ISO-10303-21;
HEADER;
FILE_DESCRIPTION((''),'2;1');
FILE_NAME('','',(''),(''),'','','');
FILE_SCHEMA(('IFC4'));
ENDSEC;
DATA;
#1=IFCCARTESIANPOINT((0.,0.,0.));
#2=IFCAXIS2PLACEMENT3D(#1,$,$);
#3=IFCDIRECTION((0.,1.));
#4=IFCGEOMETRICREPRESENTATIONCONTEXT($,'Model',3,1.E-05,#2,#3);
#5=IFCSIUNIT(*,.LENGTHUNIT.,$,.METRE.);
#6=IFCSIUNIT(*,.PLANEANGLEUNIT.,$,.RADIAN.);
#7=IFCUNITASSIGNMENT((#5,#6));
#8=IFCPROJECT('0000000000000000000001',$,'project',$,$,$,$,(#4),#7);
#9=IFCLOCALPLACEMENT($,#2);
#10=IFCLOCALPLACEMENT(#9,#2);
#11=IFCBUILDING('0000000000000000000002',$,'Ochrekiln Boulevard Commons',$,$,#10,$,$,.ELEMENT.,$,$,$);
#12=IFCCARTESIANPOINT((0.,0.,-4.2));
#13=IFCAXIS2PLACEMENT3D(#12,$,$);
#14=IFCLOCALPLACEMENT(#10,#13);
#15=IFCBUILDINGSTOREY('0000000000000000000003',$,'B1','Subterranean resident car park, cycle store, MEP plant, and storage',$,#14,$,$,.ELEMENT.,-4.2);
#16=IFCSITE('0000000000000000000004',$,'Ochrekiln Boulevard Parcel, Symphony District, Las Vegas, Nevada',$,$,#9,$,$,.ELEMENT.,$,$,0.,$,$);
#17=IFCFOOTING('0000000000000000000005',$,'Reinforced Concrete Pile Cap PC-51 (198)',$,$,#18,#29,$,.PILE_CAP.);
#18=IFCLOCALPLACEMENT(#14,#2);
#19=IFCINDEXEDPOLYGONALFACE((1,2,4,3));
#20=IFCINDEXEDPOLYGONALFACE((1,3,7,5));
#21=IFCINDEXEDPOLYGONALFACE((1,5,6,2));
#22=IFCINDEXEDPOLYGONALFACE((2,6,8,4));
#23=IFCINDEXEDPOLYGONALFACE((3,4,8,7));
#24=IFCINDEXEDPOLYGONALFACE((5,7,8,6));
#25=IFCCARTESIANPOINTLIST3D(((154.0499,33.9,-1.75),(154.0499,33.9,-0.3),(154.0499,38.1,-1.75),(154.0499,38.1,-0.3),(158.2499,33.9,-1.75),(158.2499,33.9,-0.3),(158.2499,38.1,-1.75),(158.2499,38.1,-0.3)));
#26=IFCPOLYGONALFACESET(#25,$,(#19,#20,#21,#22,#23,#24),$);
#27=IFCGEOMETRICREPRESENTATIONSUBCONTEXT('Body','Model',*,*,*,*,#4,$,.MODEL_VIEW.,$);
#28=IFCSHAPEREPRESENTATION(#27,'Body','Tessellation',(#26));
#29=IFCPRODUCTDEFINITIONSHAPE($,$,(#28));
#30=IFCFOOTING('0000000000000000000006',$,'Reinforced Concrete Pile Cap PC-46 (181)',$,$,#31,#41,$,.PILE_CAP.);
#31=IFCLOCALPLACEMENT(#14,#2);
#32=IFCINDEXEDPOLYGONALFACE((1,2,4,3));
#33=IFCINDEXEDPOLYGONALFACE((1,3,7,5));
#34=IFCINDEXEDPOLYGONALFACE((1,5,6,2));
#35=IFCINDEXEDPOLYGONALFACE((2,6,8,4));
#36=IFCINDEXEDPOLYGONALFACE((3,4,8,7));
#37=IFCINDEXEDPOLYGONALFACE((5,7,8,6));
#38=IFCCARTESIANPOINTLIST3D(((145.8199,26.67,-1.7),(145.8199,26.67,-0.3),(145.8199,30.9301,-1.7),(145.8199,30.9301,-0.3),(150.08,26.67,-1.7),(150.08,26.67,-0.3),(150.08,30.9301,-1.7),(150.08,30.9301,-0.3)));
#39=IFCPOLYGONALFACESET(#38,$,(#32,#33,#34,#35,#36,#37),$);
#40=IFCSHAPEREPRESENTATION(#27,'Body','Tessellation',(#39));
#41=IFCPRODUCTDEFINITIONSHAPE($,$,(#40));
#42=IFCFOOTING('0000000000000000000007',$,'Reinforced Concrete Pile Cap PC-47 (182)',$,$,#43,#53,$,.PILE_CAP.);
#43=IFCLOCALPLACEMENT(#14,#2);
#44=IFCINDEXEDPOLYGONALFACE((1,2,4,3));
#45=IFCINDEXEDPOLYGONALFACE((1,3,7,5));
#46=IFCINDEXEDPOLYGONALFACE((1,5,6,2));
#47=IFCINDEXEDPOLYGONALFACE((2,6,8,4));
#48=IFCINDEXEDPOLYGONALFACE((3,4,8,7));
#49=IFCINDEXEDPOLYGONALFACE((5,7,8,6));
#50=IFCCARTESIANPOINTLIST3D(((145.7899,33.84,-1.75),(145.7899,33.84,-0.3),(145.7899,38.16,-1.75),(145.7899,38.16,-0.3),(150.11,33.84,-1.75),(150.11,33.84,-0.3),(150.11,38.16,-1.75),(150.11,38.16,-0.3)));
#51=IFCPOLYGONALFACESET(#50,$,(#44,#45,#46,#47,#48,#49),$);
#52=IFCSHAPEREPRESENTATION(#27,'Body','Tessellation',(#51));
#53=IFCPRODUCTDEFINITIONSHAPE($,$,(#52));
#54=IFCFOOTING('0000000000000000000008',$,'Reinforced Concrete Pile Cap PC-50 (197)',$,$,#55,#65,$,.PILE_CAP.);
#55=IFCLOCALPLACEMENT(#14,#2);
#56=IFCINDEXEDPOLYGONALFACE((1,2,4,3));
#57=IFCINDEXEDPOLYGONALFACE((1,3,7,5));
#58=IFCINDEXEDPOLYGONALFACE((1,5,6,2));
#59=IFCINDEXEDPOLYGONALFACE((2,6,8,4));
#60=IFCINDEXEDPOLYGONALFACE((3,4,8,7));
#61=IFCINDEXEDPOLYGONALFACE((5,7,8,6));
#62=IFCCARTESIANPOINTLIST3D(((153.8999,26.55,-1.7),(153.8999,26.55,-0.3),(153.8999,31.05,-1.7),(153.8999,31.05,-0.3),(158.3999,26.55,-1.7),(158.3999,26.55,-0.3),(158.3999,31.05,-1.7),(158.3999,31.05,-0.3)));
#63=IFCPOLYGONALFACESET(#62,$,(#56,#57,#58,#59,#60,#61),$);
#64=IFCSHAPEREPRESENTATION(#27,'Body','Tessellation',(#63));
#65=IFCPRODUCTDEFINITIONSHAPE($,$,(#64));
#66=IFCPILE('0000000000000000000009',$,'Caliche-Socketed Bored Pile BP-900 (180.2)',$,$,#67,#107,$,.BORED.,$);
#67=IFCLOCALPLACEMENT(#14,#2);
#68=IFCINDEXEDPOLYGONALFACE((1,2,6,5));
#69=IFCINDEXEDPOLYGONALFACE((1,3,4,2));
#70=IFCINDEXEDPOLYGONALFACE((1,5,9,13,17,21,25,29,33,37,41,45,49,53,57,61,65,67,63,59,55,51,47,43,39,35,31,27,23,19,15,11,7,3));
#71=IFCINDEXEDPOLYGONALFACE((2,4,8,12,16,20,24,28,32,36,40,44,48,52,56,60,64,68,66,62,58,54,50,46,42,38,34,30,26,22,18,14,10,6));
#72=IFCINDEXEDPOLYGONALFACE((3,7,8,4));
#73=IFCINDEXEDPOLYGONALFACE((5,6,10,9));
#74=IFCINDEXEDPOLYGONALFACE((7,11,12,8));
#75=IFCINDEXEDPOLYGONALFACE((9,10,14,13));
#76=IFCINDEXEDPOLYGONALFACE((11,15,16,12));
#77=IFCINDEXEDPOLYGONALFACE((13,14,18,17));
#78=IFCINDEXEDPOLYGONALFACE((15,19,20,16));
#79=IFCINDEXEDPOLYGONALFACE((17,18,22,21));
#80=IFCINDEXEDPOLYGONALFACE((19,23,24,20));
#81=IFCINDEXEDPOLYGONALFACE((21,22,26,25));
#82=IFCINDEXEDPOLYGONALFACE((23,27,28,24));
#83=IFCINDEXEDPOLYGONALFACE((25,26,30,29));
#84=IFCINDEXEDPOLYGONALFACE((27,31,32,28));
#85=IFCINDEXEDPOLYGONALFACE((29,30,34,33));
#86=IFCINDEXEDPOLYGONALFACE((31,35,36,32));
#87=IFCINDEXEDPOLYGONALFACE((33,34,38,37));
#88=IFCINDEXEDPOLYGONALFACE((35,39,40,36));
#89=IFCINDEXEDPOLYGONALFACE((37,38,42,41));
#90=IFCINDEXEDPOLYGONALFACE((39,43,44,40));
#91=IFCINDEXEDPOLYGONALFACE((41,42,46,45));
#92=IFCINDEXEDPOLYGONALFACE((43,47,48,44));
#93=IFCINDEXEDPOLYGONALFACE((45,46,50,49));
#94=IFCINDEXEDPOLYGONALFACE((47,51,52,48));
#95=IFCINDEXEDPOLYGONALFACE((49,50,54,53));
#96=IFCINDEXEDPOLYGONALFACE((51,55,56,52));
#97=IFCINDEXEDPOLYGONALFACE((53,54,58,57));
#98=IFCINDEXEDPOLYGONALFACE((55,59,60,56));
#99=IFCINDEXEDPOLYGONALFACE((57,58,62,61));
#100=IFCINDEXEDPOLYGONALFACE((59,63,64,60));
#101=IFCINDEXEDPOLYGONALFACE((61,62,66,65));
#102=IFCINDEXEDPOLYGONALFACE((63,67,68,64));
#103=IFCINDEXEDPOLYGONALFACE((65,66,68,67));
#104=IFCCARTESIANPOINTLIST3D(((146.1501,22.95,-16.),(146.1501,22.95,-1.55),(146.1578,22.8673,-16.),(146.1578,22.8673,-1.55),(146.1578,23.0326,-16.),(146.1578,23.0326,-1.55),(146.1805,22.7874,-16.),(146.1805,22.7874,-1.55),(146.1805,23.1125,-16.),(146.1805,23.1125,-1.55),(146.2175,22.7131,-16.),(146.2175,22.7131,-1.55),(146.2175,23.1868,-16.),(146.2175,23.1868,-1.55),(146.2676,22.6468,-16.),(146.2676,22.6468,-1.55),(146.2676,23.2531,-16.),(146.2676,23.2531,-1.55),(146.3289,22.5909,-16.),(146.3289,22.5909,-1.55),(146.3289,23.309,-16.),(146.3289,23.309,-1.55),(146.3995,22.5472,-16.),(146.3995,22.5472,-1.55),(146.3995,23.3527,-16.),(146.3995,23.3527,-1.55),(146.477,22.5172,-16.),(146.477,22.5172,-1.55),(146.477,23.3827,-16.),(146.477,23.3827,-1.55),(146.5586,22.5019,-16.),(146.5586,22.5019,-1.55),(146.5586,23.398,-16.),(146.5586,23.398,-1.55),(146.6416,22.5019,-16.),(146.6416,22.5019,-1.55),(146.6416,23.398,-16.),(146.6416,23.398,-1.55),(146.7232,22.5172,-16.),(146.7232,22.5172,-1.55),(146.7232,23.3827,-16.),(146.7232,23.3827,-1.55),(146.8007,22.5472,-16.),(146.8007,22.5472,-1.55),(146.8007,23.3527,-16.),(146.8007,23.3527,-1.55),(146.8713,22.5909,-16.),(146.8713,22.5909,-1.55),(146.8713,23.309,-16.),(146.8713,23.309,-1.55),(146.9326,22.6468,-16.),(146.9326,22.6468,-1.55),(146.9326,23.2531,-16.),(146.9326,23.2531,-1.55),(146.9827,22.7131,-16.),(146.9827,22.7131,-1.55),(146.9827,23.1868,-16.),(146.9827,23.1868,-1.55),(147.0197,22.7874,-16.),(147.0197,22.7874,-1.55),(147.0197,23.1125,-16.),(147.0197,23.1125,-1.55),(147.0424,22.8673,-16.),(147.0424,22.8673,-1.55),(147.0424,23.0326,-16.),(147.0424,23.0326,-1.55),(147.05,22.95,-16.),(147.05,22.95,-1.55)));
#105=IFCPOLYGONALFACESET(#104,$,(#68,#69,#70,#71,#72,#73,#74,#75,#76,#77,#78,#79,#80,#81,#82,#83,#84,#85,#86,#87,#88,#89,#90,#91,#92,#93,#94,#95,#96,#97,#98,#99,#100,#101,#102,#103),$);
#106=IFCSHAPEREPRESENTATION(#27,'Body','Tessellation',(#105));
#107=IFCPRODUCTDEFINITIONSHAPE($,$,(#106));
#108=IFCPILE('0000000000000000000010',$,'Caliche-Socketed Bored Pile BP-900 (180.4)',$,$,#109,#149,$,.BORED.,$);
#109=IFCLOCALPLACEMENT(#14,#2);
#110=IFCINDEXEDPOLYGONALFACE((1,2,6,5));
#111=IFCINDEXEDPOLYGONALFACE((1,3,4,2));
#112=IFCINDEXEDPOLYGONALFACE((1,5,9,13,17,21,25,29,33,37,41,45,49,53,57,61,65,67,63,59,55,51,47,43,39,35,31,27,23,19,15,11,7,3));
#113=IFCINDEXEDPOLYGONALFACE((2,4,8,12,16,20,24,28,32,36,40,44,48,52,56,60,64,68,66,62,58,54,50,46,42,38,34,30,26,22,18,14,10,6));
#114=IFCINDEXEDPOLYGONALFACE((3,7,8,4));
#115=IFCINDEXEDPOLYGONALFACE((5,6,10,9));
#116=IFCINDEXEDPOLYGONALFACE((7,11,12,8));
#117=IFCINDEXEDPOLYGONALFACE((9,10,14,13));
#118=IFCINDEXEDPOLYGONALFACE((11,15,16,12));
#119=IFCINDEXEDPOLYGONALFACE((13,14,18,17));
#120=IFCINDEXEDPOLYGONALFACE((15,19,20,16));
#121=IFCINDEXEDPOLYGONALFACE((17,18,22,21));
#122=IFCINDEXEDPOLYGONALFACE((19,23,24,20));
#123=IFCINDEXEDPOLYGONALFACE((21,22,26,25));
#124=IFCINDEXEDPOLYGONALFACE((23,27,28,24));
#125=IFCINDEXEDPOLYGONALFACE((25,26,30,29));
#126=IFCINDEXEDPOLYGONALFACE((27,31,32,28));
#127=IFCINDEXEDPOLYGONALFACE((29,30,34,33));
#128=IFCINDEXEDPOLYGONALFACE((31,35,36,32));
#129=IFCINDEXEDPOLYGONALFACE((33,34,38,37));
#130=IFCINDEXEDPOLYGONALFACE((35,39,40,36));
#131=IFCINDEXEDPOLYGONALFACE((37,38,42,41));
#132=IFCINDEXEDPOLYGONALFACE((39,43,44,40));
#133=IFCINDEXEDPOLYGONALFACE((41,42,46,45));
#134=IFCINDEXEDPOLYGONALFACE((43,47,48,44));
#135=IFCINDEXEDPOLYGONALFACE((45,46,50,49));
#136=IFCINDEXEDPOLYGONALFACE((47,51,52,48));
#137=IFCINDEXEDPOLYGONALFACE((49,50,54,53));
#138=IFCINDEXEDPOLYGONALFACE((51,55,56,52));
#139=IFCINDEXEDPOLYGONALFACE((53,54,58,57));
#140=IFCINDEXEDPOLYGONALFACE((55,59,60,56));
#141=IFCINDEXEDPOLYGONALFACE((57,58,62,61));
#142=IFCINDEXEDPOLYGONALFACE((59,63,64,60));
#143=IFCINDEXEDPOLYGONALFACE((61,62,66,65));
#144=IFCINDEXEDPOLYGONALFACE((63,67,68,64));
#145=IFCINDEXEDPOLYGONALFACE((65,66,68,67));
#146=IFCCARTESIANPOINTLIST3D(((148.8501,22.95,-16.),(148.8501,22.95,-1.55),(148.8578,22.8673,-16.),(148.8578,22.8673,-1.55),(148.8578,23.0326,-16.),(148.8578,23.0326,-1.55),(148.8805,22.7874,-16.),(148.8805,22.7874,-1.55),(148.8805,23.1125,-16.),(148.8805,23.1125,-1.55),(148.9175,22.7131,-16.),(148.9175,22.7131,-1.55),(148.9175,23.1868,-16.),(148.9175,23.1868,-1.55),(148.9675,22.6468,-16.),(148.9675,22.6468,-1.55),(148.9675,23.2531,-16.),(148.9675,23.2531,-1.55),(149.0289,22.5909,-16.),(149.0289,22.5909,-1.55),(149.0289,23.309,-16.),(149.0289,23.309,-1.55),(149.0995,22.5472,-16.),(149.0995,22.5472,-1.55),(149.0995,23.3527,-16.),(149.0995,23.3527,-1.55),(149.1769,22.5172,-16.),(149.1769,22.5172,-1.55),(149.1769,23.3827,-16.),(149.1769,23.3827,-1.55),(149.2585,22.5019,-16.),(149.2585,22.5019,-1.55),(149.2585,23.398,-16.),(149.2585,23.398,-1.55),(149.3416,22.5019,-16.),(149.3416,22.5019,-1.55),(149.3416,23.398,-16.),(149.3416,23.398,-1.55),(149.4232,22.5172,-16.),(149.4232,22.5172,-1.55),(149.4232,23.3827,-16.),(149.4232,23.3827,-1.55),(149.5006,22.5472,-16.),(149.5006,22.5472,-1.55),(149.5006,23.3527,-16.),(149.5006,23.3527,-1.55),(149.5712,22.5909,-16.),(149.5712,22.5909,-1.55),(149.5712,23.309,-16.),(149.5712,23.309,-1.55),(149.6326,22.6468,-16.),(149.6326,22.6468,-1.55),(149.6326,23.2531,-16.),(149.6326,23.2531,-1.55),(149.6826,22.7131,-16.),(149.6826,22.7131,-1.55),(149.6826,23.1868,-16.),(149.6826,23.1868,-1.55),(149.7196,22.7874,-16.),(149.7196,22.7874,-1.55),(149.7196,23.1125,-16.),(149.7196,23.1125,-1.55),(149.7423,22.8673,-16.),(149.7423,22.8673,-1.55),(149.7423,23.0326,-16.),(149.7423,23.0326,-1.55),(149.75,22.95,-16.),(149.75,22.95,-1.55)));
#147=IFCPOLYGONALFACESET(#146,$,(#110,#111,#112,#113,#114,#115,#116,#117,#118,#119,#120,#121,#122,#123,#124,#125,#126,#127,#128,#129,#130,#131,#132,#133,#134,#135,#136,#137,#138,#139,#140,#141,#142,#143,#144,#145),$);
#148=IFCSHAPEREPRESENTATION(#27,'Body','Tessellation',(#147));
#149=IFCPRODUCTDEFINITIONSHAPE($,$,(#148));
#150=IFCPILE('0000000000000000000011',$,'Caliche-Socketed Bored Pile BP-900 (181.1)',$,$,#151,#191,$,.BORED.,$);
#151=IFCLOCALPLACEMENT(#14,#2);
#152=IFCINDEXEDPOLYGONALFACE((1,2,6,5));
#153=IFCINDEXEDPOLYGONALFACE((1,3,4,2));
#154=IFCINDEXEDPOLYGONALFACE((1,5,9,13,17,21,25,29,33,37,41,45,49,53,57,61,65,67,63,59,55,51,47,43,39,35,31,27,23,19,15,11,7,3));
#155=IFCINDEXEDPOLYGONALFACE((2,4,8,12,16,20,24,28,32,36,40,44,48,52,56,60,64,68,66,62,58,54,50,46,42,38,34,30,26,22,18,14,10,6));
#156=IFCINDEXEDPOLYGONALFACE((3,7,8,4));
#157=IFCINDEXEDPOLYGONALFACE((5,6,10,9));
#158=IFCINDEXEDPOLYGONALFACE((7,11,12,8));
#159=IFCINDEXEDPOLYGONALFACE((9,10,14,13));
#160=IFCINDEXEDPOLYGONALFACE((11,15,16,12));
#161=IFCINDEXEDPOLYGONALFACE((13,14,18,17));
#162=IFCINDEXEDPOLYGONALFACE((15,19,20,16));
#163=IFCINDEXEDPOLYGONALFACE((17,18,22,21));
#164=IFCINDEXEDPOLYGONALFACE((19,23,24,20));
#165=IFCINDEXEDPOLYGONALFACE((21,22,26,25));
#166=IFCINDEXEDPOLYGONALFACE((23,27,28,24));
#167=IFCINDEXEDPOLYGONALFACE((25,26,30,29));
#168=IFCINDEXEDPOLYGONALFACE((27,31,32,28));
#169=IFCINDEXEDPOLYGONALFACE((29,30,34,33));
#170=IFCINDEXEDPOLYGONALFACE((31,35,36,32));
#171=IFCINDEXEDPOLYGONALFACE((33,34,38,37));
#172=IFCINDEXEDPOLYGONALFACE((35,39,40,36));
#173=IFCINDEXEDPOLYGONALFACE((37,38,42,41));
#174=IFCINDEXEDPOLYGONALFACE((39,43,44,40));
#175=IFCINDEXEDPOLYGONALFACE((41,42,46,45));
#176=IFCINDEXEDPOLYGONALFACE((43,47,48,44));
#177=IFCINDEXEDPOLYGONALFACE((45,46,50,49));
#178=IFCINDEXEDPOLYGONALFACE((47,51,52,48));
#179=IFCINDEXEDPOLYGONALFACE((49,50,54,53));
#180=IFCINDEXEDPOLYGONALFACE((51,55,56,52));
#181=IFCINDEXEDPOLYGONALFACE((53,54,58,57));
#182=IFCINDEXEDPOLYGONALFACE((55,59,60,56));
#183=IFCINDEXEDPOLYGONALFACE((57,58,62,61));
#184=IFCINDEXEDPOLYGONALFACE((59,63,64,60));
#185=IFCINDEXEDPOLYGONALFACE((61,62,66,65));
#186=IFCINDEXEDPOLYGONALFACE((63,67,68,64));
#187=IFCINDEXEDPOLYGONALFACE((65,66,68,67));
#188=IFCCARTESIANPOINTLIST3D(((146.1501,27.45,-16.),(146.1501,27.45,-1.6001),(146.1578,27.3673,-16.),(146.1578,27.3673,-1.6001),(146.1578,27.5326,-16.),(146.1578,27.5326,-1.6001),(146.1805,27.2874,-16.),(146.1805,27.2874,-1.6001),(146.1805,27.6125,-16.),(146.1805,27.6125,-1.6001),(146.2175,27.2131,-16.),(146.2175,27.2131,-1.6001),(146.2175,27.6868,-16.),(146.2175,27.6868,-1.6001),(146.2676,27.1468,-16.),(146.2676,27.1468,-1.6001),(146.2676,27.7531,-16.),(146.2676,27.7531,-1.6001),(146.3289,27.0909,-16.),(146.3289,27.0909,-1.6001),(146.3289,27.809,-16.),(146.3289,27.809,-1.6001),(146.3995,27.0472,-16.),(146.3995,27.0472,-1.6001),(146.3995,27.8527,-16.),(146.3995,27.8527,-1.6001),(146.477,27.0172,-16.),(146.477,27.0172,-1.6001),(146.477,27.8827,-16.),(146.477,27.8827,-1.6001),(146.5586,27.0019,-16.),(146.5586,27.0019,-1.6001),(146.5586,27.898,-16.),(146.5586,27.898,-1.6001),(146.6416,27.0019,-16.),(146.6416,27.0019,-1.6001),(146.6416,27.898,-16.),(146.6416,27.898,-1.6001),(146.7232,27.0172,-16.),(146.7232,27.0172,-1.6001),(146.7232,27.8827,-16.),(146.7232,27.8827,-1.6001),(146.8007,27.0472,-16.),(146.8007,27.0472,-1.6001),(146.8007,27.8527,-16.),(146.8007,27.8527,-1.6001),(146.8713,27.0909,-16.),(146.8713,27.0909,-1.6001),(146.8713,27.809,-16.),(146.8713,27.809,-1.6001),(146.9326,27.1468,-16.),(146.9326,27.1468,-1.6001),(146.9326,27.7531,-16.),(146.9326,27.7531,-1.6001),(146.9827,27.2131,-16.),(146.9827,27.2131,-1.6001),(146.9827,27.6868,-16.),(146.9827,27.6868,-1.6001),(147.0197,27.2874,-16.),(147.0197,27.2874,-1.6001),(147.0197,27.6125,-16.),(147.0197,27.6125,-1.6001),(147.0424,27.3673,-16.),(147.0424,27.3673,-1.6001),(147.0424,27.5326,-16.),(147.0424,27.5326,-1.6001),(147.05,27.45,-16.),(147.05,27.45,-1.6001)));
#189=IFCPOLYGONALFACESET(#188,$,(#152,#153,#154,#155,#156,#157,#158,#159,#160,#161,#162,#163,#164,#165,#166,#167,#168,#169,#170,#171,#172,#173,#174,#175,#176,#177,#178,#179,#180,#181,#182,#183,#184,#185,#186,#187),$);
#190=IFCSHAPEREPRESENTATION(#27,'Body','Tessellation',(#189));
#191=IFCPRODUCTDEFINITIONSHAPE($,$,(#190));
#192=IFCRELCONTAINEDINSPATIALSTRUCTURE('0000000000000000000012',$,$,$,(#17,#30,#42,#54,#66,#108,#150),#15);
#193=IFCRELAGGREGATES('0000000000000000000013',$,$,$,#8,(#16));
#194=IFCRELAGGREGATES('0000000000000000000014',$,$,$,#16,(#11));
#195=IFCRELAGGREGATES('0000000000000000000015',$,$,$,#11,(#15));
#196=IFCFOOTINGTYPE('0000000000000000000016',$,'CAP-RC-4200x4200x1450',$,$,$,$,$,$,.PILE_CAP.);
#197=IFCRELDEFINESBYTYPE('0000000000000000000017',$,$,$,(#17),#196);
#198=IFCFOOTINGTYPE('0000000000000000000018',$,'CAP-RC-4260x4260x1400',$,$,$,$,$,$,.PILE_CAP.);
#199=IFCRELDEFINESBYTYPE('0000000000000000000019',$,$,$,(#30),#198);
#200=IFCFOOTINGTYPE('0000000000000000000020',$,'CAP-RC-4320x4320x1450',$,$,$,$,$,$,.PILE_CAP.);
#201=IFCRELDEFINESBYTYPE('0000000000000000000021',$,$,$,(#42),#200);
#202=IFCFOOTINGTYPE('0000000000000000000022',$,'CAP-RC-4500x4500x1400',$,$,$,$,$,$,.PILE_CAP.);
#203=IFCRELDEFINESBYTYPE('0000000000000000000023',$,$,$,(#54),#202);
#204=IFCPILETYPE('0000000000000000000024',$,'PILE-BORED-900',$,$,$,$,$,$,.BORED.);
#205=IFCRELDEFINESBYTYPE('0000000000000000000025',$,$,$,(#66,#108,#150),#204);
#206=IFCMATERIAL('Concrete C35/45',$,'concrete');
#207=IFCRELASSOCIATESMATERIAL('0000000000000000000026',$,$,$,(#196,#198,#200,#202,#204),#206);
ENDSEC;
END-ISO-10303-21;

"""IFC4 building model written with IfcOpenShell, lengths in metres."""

from ifc_helpers import new_model, si_unit, direction, frame, origin, origin_2d, place, context, subcontext, project, spatial, rectangle, circle, extrude, material, material_profile, profile_set, type_object, element, save


model = new_model("IFC4")

# Units and contexts
model_context = context("Model", 3, precision=1e-05, world=origin(), true_north=direction((0.0, 1.0)))
body_context = subcontext(model_context, "Body", "Model", "MODEL_VIEW")
ifc_project = project(units=[si_unit("LENGTHUNIT", "METRE"), si_unit("PLANEANGLEUNIT", "RADIAN")], contexts=[model_context])

# Site, building, storey
site_placement = place(None, origin())
site = spatial("IfcSite", under=ifc_project, at=site_placement, Name="Ochrekiln Boulevard Parcel, Symphony District, Las Vegas, Nevada", CompositionType="ELEMENT", RefElevation=0.0)
building_placement = place(site_placement, origin())
building = spatial("IfcBuilding", under=site, at=building_placement, Name="Ochrekiln Boulevard Commons", CompositionType="ELEMENT")
storey_placement = place(building_placement, frame((0.0, 0.0, -4.2)))
storey = spatial("IfcBuildingStorey", under=building, at=storey_placement, Name="B1", Description="Subterranean resident car park, cycle store, MEP plant, and storage", CompositionType="ELEMENT", Elevation=-4.2)

# Footings
ifc_material_1 = material(Name="Concrete C35/45", Category="concrete")
footing_type_1 = type_object("IfcFootingType", Name="CAP-RC-4200x4200x1450", PredefinedType="PILE_CAP", material=ifc_material_1)
footing_1_placement = place(storey_placement, frame((156.1499, 36.0, -1.75), z_axis=(0.0, 0.0, 1.0), x_axis=(1.0, 0.0, 0.0)))
element("IfcFooting", 1, at=footing_1_placement, inside=storey, type_object=footing_type_1, Name="Reinforced Concrete Pile Cap PC-51 (198)", PredefinedType="PILE_CAP", context=body_context, shape_type="SweptSolid", body=[
    extrude(rectangle(XDim=4.2, YDim=4.2, at=origin_2d()), origin(), (0.0, 0.0, 1.0), 1.45),
])
footing_type_2 = type_object("IfcFootingType", Name="CAP-RC-4260x4260x1400", PredefinedType="PILE_CAP", material=ifc_material_1)
footing_2_placement = place(storey_placement, frame((147.95, 28.8, -1.7), z_axis=(0.0, 0.0, 1.0), x_axis=(1.0, 0.0, 0.0)))
element("IfcFooting", 2, at=footing_2_placement, inside=storey, type_object=footing_type_2, Name="Reinforced Concrete Pile Cap PC-46 (181)", PredefinedType="PILE_CAP", context=body_context, shape_type="SweptSolid", body=[
    extrude(rectangle(XDim=4.26, YDim=4.26, at=origin_2d()), origin(), (0.0, 0.0, 1.0), 1.3999),
])
footing_type_3 = type_object("IfcFootingType", Name="CAP-RC-4320x4320x1450", PredefinedType="PILE_CAP", material=ifc_material_1)
footing_3_placement = place(storey_placement, frame((147.95, 36.0, -1.75), z_axis=(0.0, 0.0, 1.0), x_axis=(1.0, 0.0, 0.0)))
element("IfcFooting", 3, at=footing_3_placement, inside=storey, type_object=footing_type_3, Name="Reinforced Concrete Pile Cap PC-47 (182)", PredefinedType="PILE_CAP", context=body_context, shape_type="SweptSolid", body=[
    extrude(rectangle(XDim=4.3201, YDim=4.3201, at=origin_2d()), origin(), (0.0, 0.0, 1.0), 1.45),
])
footing_type_4 = type_object("IfcFootingType", Name="CAP-RC-4500x4500x1400", PredefinedType="PILE_CAP", material=ifc_material_1)
footing_4_placement = place(storey_placement, frame((156.1499, 28.8, -1.7), z_axis=(0.0, 0.0, 1.0), x_axis=(1.0, 0.0, 0.0)))
element("IfcFooting", 4, at=footing_4_placement, inside=storey, type_object=footing_type_4, Name="Reinforced Concrete Pile Cap PC-50 (197)", PredefinedType="PILE_CAP", context=body_context, shape_type="SweptSolid", body=[
    extrude(rectangle(XDim=4.5, YDim=4.5, at=origin_2d()), origin(), (0.0, 0.0, 1.0), 1.3999),
])

# Piles
ifc_material_profile_1 = material_profile(ifc_material_1, circle(Radius=0.45, at=origin_2d()), Name="PILE-D900")
ifc_profile_set_1 = profile_set([ifc_material_profile_1], Name="Concrete C35/45")
pile_type = type_object("IfcPileType", Name="PILE-BORED-900", PredefinedType="BORED", material=ifc_profile_set_1)
for number, where, z_axis, x_axis, name in (
    (5, (146.6001, 22.95, -1.55), (0.0, 0.0, -1.0), (1.0, 0.0, 0.0), "Caliche-Socketed Bored Pile BP-900 (180.2)"),
    (6, (149.3, 22.95, -1.55), (0.0, 0.0, -1.0), (1.0, 0.0, 0.0), "Caliche-Socketed Bored Pile BP-900 (180.4)"),
):
    element("IfcPile", number, at=place(storey_placement, frame(where, z_axis=z_axis, x_axis=x_axis)), inside=storey, type_object=pile_type, Name=name, PredefinedType="BORED", context=body_context, shape_type="SweptSolid", body=[
        extrude(circle(Radius=0.45, at=origin_2d()), origin(), (0.0, 0.0, 1.0), 14.45),
    ])
for number, where, z_axis, x_axis, name in (
    (7, (146.6001, 27.45, -1.6001), (0.0, 0.0, -1.0), (1.0, 0.0, 0.0), "Caliche-Socketed Bored Pile BP-900 (181.1)"),
):
    element("IfcPile", number, at=place(storey_placement, frame(where, z_axis=z_axis, x_axis=x_axis)), inside=storey, type_object=pile_type, Name=name, PredefinedType="BORED", context=body_context, shape_type="SweptSolid", body=[
        extrude(circle(Radius=0.45, at=origin_2d()), origin(), (0.0, 0.0, 1.0), 14.3999),
    ])

save(model, "model.ifc")
